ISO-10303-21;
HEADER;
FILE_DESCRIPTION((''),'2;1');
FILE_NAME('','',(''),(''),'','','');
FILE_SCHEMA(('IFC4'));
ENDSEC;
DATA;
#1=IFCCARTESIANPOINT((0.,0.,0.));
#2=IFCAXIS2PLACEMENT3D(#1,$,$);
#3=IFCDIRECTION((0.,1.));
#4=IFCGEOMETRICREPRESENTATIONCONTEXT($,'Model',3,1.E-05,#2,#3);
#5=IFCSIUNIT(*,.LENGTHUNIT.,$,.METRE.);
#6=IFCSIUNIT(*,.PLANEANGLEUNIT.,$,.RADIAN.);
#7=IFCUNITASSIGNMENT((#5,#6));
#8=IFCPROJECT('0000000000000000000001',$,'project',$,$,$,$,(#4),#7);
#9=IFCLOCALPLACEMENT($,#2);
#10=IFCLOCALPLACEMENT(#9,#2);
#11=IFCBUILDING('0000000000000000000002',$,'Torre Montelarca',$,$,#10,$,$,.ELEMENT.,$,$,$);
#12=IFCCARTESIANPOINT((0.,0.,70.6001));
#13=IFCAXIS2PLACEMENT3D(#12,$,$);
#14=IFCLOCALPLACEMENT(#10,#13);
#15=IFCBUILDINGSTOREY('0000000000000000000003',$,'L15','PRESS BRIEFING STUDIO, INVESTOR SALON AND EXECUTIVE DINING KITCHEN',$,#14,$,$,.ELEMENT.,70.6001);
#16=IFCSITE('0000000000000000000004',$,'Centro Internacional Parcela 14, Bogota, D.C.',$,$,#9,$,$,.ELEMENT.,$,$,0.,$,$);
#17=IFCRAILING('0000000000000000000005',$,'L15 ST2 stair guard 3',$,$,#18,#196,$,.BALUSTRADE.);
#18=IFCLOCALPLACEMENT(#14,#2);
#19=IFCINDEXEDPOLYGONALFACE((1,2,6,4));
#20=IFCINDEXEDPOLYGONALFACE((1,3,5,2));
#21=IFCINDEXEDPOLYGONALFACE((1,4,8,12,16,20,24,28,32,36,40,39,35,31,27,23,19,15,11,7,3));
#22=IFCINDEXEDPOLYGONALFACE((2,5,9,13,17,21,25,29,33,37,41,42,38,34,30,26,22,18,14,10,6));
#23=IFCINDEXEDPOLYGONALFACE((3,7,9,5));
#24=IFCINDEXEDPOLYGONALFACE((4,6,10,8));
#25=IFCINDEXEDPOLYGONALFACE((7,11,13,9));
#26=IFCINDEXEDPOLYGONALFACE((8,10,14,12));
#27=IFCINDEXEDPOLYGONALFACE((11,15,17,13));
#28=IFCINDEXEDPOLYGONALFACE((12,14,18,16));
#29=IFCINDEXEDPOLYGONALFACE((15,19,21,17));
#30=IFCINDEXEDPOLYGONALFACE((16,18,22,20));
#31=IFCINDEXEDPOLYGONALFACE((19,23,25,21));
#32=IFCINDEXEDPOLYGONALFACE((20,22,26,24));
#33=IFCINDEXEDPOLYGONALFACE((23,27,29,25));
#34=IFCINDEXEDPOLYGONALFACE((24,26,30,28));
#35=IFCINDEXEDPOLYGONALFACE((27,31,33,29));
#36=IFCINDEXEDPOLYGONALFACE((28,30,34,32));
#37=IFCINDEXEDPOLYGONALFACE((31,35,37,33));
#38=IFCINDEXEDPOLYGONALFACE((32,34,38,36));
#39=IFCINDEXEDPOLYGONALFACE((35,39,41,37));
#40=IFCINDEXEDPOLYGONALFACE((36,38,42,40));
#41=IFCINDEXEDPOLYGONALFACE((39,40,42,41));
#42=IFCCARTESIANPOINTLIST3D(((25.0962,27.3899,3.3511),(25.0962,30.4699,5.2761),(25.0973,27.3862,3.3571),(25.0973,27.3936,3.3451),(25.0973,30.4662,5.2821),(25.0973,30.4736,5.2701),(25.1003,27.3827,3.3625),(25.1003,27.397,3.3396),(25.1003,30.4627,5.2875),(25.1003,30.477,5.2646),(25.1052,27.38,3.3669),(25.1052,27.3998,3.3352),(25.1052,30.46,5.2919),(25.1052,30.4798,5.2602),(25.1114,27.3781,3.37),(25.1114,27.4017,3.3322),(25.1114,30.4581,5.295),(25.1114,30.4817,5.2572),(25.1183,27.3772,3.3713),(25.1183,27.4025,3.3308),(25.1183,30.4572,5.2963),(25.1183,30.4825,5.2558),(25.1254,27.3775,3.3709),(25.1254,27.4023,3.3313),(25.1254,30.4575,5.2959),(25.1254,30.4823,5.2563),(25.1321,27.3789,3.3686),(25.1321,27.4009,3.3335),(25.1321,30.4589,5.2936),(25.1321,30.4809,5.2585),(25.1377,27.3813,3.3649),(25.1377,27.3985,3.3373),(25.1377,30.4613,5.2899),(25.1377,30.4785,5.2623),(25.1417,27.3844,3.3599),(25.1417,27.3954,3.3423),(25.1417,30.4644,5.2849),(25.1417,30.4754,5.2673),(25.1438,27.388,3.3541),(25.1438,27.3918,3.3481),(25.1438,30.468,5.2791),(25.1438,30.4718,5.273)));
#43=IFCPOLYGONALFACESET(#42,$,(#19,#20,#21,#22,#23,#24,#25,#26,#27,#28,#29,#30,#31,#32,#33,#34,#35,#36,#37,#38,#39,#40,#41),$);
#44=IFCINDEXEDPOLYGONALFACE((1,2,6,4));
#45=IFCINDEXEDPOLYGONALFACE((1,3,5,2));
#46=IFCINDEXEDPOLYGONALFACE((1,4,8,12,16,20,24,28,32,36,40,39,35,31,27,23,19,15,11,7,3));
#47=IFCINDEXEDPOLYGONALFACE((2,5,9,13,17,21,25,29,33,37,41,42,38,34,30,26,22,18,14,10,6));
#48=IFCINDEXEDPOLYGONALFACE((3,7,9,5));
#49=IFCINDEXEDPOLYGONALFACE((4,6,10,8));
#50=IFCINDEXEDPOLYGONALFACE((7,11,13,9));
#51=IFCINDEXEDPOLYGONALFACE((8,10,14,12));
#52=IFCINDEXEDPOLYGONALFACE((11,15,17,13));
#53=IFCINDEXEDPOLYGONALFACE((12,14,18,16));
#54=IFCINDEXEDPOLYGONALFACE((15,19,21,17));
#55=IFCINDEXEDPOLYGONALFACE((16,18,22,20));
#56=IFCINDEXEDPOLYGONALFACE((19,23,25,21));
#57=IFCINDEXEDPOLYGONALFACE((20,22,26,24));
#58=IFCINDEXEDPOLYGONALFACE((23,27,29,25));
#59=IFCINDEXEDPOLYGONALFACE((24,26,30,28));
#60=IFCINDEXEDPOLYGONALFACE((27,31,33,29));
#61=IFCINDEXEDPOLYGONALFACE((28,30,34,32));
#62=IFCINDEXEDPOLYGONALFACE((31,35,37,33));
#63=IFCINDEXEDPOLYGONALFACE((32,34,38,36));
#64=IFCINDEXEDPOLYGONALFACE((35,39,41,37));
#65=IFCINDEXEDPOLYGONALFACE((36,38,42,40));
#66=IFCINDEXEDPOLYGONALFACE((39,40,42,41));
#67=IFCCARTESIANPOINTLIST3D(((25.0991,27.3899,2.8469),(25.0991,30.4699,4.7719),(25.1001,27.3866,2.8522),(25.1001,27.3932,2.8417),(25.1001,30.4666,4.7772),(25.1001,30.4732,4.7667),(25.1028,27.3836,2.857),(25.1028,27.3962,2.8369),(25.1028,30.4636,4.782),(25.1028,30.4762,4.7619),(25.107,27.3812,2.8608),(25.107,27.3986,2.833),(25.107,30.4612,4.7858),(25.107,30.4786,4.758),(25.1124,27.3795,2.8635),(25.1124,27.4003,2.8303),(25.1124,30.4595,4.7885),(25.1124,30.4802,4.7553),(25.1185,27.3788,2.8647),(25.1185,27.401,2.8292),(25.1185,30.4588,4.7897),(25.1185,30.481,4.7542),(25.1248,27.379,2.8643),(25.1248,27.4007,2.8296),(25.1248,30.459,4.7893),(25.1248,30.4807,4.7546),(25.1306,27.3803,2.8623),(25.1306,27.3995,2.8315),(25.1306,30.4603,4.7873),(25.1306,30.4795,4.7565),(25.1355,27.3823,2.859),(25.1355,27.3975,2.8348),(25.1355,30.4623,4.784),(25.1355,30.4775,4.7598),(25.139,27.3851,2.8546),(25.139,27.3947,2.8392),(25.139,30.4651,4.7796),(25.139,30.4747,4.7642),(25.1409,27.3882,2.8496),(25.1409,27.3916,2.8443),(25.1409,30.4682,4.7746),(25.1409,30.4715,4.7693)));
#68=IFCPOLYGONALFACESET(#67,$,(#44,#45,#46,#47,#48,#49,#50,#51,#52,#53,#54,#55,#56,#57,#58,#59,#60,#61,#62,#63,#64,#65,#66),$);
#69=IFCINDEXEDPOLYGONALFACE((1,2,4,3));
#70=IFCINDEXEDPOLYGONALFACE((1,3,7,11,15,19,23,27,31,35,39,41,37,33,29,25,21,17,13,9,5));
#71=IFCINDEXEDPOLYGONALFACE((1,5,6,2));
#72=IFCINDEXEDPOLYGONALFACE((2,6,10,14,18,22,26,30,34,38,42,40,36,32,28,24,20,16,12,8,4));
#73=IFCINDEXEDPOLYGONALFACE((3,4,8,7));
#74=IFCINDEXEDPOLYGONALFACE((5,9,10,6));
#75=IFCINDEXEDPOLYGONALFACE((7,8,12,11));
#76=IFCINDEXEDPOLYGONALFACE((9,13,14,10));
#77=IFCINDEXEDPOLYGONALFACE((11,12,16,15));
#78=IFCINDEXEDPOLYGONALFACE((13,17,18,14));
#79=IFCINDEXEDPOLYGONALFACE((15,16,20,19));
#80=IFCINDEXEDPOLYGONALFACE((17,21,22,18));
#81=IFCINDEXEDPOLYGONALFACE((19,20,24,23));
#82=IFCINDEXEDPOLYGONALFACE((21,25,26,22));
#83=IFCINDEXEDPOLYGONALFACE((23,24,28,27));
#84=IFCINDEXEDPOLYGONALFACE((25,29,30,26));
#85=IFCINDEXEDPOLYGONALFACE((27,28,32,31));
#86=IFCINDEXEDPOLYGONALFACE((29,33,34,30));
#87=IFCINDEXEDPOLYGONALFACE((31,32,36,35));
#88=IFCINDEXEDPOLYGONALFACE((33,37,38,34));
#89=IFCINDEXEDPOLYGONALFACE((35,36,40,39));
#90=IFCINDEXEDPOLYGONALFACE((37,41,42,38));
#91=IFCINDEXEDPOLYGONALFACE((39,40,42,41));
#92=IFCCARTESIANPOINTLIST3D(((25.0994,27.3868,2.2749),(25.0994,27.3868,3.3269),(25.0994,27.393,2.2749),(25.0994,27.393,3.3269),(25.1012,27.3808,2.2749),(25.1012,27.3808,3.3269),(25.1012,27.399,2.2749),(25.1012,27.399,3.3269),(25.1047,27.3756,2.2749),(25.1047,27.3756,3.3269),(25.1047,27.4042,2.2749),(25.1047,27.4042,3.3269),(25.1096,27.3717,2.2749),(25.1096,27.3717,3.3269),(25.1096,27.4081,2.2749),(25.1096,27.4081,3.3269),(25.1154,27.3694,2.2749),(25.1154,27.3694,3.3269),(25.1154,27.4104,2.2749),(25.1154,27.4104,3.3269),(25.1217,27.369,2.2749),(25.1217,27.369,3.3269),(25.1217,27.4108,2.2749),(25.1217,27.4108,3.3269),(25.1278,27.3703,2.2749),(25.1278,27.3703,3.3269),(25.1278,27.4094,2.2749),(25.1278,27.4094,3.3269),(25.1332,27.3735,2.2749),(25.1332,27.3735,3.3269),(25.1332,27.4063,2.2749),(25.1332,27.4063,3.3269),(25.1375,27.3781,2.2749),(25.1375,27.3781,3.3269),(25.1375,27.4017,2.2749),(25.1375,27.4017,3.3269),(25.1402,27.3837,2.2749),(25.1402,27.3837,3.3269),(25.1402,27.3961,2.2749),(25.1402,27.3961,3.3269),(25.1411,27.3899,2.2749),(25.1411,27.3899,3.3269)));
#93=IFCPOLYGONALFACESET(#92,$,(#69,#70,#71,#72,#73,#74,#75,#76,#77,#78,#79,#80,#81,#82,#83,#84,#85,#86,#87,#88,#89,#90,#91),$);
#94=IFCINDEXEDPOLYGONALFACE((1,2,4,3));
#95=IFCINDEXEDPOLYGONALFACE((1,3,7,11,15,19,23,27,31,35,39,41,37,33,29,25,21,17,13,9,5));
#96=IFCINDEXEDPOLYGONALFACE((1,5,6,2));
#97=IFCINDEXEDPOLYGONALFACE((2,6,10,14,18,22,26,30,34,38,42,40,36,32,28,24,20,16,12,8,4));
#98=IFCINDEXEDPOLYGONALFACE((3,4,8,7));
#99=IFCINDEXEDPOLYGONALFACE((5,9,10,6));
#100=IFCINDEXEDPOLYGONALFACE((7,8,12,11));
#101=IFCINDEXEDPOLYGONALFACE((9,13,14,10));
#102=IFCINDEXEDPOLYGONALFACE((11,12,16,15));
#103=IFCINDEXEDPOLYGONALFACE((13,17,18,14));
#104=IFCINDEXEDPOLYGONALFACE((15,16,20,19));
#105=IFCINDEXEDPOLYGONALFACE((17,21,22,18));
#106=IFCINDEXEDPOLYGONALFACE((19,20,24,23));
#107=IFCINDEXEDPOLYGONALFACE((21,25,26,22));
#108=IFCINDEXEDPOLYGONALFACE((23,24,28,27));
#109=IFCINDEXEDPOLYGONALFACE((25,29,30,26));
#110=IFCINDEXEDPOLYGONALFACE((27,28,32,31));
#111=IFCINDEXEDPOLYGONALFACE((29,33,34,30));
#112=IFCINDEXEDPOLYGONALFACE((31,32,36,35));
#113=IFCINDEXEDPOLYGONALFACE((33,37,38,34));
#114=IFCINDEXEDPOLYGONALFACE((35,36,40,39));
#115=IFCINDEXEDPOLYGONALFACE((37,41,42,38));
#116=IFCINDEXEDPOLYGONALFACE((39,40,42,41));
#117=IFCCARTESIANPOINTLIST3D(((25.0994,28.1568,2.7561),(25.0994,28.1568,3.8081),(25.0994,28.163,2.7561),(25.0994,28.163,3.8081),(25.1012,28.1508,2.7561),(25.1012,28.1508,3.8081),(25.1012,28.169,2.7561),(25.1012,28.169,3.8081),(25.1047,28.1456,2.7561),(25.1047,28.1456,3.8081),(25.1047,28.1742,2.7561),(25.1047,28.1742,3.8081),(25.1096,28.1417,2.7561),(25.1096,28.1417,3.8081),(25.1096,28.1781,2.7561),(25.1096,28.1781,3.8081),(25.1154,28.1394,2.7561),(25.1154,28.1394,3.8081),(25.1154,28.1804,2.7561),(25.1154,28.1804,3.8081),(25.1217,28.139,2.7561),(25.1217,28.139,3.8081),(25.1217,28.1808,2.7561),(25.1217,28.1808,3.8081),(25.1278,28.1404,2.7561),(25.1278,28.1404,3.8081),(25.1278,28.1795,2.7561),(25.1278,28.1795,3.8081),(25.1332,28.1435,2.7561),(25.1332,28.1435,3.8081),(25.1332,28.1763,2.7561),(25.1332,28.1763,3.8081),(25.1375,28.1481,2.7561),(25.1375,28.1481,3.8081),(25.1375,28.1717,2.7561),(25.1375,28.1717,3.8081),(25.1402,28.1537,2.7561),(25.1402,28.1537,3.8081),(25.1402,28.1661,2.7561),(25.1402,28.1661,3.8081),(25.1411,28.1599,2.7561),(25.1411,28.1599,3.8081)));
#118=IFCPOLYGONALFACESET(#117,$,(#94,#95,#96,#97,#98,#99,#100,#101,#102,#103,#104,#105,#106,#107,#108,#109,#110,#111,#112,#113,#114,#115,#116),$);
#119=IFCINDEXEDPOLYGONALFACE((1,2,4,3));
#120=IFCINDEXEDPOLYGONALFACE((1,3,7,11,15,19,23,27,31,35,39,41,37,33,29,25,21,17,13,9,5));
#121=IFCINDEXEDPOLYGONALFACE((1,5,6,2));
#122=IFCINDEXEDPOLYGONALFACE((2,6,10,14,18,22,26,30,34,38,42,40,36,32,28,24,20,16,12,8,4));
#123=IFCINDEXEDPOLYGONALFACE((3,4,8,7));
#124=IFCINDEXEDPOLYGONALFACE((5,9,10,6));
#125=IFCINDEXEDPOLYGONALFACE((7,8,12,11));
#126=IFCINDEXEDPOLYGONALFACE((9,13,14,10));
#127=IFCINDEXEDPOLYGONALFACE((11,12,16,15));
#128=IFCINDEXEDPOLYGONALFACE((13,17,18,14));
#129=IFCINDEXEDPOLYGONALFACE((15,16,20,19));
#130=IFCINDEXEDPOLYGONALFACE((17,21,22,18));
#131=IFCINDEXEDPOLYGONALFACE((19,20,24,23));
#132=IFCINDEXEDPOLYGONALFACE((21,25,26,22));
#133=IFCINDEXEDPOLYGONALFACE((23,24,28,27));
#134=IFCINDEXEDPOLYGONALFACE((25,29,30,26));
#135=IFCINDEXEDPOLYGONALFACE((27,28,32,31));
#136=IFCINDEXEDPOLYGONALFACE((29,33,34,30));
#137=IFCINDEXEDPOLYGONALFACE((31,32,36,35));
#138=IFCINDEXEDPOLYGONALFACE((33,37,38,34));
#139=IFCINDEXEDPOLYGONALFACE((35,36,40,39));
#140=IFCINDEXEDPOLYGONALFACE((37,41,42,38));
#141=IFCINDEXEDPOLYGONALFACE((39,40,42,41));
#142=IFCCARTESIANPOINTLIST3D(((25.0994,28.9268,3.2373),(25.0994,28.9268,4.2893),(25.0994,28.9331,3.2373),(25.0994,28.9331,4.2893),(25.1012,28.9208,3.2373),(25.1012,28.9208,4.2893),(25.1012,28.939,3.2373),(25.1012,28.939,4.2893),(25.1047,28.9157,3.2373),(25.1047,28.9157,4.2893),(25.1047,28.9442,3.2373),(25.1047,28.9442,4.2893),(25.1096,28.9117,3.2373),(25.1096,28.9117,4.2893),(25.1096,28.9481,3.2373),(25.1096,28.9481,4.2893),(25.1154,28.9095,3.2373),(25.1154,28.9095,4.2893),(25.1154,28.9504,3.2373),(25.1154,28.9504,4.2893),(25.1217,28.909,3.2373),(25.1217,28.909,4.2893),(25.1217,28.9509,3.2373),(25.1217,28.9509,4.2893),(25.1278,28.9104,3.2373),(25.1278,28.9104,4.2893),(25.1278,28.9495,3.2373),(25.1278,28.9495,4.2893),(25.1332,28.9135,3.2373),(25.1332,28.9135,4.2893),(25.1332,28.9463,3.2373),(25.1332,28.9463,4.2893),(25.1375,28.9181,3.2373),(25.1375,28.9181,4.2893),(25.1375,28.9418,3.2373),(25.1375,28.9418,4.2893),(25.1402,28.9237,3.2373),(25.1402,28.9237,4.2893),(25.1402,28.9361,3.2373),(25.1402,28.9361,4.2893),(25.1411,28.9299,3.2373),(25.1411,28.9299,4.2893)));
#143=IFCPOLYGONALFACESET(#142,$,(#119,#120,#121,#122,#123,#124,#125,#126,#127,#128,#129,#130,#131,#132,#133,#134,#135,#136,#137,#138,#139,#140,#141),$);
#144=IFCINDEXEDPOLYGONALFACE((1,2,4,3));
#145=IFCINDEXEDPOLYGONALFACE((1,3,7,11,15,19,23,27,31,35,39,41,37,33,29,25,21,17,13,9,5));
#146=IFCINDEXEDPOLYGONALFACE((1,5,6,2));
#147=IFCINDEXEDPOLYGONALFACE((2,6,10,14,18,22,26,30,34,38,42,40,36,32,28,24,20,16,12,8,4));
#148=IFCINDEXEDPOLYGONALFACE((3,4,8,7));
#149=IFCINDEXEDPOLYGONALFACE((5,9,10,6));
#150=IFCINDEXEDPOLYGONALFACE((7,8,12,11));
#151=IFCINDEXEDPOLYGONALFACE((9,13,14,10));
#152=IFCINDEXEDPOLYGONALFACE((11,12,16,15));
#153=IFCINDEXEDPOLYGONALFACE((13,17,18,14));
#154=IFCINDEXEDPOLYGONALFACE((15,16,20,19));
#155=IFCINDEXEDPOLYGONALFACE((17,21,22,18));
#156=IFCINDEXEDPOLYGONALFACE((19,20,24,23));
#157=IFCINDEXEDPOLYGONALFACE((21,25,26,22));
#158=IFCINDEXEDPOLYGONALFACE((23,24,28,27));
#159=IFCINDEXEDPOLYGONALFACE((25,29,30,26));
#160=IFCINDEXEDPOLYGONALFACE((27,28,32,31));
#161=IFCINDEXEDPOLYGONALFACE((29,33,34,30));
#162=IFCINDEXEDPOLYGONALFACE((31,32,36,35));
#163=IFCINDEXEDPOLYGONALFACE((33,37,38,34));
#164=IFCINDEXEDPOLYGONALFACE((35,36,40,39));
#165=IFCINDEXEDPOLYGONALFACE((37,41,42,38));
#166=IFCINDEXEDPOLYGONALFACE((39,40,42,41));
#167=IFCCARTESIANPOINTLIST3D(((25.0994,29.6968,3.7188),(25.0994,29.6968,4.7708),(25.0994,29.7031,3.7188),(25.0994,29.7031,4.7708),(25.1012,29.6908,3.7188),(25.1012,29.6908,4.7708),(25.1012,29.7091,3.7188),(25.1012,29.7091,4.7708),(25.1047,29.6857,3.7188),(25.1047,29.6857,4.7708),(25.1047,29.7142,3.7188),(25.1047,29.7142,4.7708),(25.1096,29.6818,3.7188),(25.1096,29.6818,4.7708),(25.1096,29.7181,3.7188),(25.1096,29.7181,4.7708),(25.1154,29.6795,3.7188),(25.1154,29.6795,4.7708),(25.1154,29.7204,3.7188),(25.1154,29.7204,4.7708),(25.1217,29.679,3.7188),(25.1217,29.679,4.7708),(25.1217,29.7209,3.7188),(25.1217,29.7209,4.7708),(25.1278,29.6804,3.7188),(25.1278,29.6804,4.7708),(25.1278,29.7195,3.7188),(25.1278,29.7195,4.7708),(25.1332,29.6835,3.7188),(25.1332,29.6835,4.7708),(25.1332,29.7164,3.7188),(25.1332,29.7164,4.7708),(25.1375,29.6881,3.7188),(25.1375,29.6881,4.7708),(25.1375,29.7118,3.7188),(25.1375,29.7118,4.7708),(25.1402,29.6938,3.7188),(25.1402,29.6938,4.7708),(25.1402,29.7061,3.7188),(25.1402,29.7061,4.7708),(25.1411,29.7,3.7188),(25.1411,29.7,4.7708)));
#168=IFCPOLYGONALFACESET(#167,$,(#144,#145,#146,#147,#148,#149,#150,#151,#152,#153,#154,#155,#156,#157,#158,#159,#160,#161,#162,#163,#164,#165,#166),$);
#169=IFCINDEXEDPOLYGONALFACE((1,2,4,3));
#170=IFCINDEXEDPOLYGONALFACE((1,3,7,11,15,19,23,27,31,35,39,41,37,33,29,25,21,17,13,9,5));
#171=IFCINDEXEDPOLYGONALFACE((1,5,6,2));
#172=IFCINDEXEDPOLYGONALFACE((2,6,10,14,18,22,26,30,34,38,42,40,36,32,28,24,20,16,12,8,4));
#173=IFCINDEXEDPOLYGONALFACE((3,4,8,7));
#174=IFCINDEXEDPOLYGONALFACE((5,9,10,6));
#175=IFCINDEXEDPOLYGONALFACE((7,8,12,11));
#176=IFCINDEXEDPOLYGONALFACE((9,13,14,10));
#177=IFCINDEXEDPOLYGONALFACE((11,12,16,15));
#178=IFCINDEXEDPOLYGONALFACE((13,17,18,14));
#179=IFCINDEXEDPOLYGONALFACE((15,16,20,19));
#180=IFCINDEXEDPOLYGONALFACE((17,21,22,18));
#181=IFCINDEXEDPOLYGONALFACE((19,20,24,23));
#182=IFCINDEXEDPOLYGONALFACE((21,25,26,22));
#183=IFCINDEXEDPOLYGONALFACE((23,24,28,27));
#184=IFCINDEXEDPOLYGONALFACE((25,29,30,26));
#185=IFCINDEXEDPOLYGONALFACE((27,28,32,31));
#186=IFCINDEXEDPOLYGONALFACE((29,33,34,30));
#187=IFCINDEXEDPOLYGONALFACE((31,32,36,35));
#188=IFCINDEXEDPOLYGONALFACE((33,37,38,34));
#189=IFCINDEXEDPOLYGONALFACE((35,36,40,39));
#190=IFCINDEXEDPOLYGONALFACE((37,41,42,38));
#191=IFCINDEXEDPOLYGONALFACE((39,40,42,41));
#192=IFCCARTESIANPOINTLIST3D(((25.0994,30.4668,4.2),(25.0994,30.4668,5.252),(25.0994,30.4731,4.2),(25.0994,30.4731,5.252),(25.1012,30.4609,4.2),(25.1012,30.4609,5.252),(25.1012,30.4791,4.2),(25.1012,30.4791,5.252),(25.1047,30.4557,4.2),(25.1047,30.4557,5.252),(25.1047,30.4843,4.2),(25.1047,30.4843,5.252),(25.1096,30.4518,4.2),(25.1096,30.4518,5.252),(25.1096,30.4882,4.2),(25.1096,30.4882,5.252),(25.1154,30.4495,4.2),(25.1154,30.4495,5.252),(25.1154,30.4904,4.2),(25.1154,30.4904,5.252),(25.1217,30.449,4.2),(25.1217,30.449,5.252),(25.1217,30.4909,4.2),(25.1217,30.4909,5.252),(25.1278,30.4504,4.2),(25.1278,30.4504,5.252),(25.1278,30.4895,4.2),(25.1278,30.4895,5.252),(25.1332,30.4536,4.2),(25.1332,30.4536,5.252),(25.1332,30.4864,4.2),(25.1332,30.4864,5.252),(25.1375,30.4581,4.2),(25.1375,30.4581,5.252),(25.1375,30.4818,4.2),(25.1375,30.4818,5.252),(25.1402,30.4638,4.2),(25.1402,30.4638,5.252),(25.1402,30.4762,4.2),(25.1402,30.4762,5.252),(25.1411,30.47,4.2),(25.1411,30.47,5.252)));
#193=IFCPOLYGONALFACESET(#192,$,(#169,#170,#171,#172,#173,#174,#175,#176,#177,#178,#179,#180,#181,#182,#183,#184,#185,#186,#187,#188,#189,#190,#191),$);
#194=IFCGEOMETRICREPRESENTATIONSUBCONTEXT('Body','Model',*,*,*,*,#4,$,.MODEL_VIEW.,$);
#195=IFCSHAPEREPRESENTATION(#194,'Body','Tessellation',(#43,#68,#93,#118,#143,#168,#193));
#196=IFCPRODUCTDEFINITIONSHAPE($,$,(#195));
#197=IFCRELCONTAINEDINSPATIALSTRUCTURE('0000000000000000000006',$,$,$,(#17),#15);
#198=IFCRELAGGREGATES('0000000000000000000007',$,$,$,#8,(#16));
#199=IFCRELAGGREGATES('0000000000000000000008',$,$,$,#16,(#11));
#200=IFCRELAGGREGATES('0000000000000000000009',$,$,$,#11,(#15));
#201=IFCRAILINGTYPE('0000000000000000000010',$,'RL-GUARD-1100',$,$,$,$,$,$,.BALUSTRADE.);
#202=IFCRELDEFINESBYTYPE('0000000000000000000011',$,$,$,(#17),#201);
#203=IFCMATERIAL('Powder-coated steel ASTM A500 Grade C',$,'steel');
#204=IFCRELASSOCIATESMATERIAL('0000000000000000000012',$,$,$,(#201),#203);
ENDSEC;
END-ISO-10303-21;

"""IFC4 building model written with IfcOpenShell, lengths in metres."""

from ifc_helpers import new_model, si_unit, direction, frame, origin, origin_2d, place, context, subcontext, project, spatial, circle, extrude, material, type_object, element, save


model = new_model("IFC4")

# Units and contexts
model_context = context("Model", 3, precision=1e-05, world=origin(), true_north=direction((0.0, 1.0)))
body_context = subcontext(model_context, "Body", "Model", "MODEL_VIEW")
ifc_project = project(units=[si_unit("LENGTHUNIT", "METRE"), si_unit("PLANEANGLEUNIT", "RADIAN")], contexts=[model_context])

# Site, building, storey
site_placement = place(None, origin())
site = spatial("IfcSite", under=ifc_project, at=site_placement, Name="Centro Internacional Parcela 14, Bogota, D.C.", CompositionType="ELEMENT", RefElevation=0.0)
building_placement = place(site_placement, origin())
building = spatial("IfcBuilding", under=site, at=building_placement, Name="Torre Montelarca", CompositionType="ELEMENT")
storey_placement = place(building_placement, frame((0.0, 0.0, 70.6001)))
storey = spatial("IfcBuildingStorey", under=building, at=storey_placement, Name="L15", Description="PRESS BRIEFING STUDIO, INVESTOR SALON AND EXECUTIVE DINING KITCHEN", CompositionType="ELEMENT", Elevation=70.6001)

# Railing
ifc_material_1 = material(Name="Powder-coated steel ASTM A500 Grade C", Category="steel")
railing_type_1 = type_object("IfcRailingType", Name="RL-GUARD-1100", PredefinedType="BALUSTRADE", material=ifc_material_1)
railing_1_placement = place(storey_placement, frame((25.1201, 27.3899, 2.2749)))
element("IfcRailing", 1, at=railing_1_placement, inside=storey, type_object=railing_type_1, Name="L15 ST2 stair guard 3", PredefinedType="BALUSTRADE", context=body_context, shape_type="SweptSolid", body=[
    extrude(circle(Radius=0.0239, at=origin_2d()), frame((0.0, 0.0, 1.0762), z_axis=(0.0, 0.847998, 0.529999), x_axis=(-1.0, 0.0, 0.0)), (0.0, 0.0, 1.0), 3.6321),
    extrude(circle(Radius=0.021, at=origin_2d()), frame((0.0, 0.0, 0.572), z_axis=(0.0, 0.847998, 0.529999), x_axis=(-1.0, 0.0, 0.0)), (0.0, 0.0, 1.0), 3.6321),
    extrude(circle(Radius=0.021, at=origin_2d()), origin(), (0.0, 0.0, 1.0), 1.052),
    extrude(circle(Radius=0.021, at=origin_2d()), frame((0.0, 0.77, 0.4812)), (0.0, 0.0, 1.0), 1.052),
    extrude(circle(Radius=0.021, at=origin_2d()), frame((0.0, 1.54, 0.9624)), (0.0, 0.0, 1.0), 1.052),
    extrude(circle(Radius=0.021, at=origin_2d()), frame((0.0, 2.3101, 1.4438)), (0.0, 0.0, 1.0), 1.052),
    extrude(circle(Radius=0.021, at=origin_2d()), frame((0.0, 3.0801, 1.925)), (0.0, 0.0, 1.0), 1.052),
])

save(model, "model.ifc")
